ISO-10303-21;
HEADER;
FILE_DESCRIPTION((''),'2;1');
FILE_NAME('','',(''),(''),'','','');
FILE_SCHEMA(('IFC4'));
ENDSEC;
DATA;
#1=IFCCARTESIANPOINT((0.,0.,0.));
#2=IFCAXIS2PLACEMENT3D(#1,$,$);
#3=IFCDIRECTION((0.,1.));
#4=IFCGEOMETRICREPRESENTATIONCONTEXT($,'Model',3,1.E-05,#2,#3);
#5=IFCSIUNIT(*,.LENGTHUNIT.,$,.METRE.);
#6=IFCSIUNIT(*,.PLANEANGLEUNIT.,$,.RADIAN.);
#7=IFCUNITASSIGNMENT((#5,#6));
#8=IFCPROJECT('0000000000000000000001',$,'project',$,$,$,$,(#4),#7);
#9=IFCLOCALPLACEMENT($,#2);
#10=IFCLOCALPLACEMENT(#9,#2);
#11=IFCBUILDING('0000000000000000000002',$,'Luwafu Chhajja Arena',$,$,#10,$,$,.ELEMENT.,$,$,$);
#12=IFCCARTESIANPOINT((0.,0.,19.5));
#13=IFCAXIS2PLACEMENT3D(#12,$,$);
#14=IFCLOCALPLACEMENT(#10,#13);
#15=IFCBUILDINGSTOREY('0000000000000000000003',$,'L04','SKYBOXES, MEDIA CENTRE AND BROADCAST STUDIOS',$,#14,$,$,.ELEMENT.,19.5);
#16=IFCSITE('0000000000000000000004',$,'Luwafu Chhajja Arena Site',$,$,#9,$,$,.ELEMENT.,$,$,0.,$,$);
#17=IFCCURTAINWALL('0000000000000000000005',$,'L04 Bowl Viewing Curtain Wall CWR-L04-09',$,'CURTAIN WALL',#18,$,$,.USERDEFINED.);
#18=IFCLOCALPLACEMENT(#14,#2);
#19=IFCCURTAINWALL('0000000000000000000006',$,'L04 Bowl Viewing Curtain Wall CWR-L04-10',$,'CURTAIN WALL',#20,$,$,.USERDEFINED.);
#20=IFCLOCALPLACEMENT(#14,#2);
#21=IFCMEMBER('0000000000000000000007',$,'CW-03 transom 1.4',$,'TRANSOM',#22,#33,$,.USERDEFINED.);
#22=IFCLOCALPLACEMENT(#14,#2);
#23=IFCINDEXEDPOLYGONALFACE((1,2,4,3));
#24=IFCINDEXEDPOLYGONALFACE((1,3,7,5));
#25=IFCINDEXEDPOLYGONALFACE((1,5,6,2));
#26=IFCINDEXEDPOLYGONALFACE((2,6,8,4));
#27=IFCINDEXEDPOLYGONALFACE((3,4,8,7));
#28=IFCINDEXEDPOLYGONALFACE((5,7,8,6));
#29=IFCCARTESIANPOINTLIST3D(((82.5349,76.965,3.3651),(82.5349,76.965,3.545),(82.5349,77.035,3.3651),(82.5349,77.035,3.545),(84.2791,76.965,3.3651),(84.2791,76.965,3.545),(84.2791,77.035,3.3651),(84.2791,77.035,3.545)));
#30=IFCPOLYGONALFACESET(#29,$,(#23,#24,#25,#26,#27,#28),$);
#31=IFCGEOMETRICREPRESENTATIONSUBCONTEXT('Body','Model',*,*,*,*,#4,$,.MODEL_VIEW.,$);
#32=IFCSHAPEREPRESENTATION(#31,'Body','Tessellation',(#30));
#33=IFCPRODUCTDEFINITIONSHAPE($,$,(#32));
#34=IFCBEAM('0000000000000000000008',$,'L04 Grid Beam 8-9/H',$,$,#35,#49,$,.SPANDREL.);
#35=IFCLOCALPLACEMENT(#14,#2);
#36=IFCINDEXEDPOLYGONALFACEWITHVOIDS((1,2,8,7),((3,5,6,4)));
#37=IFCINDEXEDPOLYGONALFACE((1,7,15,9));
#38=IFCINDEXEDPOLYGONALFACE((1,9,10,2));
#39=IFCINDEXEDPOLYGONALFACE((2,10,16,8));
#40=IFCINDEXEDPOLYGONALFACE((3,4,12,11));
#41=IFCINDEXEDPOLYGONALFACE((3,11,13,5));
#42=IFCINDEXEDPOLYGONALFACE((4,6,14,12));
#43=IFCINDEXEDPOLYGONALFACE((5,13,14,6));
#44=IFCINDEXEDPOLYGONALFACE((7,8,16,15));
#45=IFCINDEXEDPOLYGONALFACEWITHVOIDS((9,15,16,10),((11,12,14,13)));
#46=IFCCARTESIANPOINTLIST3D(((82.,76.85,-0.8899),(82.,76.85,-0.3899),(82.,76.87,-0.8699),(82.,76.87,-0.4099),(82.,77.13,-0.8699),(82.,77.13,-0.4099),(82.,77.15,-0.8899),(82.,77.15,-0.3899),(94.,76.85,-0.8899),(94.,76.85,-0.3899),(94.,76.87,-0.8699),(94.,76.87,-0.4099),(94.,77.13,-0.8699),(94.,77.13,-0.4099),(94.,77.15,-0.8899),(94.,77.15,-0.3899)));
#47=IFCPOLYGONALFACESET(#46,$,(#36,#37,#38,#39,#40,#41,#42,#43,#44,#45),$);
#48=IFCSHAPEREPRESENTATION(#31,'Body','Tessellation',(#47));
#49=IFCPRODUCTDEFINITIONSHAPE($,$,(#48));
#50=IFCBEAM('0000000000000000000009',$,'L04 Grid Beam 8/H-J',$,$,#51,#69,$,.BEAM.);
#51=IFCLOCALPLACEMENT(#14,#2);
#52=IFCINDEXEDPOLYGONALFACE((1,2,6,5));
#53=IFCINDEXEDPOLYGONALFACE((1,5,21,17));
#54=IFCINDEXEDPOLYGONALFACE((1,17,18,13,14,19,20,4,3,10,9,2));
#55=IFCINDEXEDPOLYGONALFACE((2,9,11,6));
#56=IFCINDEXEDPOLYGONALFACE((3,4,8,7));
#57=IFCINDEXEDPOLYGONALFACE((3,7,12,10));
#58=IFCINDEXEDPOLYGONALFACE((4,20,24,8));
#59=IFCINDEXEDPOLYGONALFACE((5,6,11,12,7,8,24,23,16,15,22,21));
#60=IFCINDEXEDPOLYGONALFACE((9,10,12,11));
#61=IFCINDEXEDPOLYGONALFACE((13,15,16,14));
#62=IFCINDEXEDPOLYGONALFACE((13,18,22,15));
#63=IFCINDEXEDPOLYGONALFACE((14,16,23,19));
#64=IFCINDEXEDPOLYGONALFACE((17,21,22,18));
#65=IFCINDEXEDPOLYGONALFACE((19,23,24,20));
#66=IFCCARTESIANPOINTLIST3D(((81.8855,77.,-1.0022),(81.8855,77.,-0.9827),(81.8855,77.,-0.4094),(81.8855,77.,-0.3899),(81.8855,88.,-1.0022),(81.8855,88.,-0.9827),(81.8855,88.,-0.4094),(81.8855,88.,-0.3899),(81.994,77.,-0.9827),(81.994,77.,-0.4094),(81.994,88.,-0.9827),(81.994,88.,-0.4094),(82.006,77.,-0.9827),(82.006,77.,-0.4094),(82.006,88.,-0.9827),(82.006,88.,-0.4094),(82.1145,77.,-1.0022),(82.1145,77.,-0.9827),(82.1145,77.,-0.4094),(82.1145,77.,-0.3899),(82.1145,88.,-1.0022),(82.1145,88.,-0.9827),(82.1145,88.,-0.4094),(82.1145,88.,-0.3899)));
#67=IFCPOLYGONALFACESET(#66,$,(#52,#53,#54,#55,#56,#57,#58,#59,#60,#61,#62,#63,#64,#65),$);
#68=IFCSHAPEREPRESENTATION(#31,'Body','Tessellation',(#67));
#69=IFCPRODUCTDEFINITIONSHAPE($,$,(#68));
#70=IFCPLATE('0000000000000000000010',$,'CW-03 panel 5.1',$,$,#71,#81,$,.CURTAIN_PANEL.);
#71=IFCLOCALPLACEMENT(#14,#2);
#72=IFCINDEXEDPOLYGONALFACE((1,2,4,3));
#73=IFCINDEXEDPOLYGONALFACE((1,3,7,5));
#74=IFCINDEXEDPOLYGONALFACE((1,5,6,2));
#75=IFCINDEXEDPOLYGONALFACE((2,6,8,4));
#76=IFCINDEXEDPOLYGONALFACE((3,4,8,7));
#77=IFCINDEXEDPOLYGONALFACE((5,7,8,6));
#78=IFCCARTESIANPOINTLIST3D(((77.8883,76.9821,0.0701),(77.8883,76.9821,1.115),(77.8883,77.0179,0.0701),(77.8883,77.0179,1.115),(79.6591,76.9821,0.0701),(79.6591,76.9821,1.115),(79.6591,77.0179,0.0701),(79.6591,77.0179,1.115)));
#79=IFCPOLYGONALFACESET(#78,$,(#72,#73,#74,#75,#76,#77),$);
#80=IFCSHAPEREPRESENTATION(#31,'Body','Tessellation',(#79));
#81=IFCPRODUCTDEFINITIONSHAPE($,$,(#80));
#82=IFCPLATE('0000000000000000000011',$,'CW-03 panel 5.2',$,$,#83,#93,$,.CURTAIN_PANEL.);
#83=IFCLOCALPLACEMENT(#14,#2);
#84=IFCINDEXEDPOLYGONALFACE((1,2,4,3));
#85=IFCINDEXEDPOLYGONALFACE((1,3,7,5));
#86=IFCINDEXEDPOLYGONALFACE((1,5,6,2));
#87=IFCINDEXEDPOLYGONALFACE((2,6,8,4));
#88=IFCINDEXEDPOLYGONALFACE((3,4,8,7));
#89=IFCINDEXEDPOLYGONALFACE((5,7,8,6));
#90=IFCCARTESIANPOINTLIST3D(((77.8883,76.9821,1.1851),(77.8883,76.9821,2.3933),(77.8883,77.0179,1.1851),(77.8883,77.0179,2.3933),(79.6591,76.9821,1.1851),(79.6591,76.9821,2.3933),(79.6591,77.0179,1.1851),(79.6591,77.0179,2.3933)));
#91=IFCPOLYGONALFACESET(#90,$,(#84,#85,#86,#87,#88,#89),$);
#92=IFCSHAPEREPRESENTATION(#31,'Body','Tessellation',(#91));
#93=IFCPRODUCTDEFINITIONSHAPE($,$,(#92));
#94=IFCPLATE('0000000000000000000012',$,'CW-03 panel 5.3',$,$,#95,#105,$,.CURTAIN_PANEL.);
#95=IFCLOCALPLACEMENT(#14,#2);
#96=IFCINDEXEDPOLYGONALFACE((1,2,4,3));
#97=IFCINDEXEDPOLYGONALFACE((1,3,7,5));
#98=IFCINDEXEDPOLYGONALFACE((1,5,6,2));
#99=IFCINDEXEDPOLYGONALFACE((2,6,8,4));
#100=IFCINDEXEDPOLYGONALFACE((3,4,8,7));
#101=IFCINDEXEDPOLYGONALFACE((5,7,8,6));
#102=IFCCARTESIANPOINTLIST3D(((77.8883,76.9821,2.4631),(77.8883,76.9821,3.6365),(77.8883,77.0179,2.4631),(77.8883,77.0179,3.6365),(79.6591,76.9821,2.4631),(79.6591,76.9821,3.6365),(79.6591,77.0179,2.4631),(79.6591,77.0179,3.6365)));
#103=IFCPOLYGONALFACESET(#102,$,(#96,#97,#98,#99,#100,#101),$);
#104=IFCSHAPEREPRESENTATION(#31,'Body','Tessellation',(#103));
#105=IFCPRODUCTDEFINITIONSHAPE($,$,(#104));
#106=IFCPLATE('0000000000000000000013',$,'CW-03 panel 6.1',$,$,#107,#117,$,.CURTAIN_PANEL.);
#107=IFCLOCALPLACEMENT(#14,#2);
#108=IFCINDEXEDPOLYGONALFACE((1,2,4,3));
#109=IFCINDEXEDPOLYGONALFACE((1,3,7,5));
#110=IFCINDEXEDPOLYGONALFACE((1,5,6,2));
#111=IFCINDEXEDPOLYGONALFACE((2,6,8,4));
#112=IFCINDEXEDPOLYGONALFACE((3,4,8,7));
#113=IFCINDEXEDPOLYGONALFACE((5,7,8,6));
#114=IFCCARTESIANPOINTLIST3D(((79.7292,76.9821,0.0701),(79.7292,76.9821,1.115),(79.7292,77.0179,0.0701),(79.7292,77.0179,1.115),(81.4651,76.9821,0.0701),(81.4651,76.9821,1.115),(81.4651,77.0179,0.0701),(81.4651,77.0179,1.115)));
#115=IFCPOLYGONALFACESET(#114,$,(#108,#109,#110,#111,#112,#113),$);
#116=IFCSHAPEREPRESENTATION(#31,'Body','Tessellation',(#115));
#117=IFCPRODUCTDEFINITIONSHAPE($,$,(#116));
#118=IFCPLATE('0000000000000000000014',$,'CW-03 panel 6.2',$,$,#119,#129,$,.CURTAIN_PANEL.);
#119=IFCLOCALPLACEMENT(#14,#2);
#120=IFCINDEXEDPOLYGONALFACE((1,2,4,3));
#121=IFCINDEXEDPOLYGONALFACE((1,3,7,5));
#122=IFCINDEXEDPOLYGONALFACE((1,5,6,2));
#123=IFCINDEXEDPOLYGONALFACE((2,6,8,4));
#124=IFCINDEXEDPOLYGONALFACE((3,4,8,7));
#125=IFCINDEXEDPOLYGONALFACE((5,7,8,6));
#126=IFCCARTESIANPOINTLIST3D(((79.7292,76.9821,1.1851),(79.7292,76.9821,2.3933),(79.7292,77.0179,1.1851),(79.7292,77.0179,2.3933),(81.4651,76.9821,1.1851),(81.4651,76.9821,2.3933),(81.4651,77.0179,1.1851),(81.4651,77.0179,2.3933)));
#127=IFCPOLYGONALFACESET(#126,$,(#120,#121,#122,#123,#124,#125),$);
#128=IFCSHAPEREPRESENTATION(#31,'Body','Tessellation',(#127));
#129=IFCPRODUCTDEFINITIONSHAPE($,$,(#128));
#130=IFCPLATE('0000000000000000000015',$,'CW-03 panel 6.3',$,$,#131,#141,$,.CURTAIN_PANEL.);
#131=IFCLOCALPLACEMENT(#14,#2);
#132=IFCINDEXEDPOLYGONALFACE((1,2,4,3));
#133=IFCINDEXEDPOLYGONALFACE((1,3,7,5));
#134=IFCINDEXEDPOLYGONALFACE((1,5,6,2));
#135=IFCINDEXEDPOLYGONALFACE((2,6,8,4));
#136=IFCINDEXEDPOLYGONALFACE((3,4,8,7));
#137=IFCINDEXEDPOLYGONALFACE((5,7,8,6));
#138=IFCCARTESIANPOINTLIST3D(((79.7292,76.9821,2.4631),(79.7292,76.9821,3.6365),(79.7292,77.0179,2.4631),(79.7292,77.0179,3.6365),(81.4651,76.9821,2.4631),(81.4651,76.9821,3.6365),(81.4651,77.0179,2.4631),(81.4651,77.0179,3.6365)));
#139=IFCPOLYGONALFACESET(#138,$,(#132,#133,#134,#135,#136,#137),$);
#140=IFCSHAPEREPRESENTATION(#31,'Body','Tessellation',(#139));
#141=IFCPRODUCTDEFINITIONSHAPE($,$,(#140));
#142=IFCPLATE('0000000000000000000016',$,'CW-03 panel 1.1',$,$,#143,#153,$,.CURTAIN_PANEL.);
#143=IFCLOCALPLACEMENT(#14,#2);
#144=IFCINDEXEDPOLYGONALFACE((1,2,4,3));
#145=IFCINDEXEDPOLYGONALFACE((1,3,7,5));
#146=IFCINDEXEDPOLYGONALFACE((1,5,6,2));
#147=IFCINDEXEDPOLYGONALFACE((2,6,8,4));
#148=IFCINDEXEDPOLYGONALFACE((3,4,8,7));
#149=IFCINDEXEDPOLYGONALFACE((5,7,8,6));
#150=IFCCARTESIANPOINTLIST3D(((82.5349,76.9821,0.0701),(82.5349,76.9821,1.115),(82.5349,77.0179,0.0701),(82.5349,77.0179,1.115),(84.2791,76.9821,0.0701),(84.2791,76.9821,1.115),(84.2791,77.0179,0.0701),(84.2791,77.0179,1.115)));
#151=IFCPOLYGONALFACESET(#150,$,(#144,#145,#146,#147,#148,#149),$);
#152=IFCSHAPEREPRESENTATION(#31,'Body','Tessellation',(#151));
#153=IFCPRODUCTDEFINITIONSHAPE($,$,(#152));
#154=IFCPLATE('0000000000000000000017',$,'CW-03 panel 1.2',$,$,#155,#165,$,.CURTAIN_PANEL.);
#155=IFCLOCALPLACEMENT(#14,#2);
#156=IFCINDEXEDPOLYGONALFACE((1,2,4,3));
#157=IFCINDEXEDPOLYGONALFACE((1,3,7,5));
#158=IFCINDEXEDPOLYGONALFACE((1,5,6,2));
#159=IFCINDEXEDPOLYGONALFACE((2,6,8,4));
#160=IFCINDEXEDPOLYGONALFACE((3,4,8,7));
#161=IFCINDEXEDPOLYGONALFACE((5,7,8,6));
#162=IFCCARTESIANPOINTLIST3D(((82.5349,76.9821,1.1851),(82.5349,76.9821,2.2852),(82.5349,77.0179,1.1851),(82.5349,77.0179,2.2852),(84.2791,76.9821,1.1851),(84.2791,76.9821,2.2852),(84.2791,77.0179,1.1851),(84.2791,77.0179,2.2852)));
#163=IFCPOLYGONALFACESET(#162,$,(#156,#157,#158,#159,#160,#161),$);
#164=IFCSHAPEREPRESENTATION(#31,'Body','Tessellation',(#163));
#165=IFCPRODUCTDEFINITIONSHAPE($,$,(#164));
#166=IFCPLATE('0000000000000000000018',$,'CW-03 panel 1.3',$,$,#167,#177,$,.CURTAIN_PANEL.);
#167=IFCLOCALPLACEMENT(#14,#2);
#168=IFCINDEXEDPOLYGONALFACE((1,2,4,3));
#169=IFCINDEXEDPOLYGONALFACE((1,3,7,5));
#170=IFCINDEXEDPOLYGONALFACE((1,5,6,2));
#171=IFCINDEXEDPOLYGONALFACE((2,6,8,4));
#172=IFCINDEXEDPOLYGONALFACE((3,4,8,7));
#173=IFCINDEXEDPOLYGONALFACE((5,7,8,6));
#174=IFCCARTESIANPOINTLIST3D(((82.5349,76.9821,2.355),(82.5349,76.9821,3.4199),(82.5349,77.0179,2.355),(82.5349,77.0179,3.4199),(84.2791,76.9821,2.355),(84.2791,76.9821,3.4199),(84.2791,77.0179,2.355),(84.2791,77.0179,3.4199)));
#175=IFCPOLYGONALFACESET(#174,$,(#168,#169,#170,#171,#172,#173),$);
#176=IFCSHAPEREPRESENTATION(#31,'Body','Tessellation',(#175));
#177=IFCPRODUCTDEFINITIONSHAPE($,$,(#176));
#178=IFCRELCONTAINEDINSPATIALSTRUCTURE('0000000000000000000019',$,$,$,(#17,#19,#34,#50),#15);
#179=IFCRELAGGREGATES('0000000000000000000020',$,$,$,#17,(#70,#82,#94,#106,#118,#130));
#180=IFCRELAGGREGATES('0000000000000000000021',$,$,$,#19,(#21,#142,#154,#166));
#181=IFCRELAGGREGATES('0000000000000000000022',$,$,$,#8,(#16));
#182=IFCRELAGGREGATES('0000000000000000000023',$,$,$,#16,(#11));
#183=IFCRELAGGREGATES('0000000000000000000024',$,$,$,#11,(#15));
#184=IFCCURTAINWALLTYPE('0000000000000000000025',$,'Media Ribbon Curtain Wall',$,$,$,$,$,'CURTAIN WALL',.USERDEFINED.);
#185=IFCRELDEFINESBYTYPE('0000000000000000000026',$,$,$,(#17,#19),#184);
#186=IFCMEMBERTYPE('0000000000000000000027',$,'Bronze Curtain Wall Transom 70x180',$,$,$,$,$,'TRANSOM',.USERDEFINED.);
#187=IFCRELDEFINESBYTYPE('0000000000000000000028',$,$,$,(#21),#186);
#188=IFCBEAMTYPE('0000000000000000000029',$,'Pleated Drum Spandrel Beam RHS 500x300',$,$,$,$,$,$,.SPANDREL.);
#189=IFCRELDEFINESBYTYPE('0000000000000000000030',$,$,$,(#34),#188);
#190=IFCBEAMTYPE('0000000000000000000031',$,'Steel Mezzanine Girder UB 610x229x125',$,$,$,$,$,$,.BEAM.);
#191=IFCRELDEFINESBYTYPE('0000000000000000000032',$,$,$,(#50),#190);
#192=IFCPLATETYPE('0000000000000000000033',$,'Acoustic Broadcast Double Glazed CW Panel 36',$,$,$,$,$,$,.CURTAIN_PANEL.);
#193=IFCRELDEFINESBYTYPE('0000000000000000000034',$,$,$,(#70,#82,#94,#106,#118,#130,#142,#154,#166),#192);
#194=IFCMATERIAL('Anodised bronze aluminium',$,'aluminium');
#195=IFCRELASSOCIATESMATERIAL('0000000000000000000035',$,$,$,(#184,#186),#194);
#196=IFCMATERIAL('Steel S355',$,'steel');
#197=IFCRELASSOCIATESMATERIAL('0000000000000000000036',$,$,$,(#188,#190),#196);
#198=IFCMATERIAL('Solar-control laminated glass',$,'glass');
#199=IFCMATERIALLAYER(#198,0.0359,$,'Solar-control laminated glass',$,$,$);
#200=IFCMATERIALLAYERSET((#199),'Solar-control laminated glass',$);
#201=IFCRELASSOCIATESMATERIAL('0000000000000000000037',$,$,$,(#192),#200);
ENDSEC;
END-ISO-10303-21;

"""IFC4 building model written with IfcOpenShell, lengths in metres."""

from ifc_helpers import new_model, si_unit, direction, frame, origin, origin_2d, place, context, subcontext, project, spatial, rectangle, hollow_rectangle, i_section, extrude, material, layer, layer_set, material_profile, profile_set, type_object, element, aggregate, save


model = new_model("IFC4")

# Units and contexts
model_context = context("Model", 3, precision=1e-05, world=origin(), true_north=direction((0.0, 1.0)))
body_context = subcontext(model_context, "Body", "Model", "MODEL_VIEW")
ifc_project = project(units=[si_unit("LENGTHUNIT", "METRE"), si_unit("PLANEANGLEUNIT", "RADIAN")], contexts=[model_context])

# Site, building, storey
site_placement = place(None, origin())
site = spatial("IfcSite", under=ifc_project, at=site_placement, Name="Luwafu Chhajja Arena Site", CompositionType="ELEMENT", RefElevation=0.0)
building_placement = place(site_placement, origin())
building = spatial("IfcBuilding", under=site, at=building_placement, Name="Luwafu Chhajja Arena", CompositionType="ELEMENT")
storey_placement = place(building_placement, frame((0.0, 0.0, 19.5)))
storey = spatial("IfcBuildingStorey", under=building, at=storey_placement, Name="L04", Description="SKYBOXES, MEDIA CENTRE AND BROADCAST STUDIOS", CompositionType="ELEMENT", Elevation=19.5)

# Curtain wall
ifc_material_1 = material(Name="Anodised bronze aluminium", Category="aluminium")
curtain_wall_type = type_object("IfcCurtainWallType", Name="Media Ribbon Curtain Wall", ElementType="CURTAIN WALL", PredefinedType="USERDEFINED", material=ifc_material_1)
curtain_wall_1_placement = place(storey_placement, origin())
curtain_wall_1 = element("IfcCurtainWall", 1, at=curtain_wall_1_placement, inside=storey, type_object=curtain_wall_type, Name="L04 Bowl Viewing Curtain Wall CWR-L04-09", ObjectType="CURTAIN WALL", PredefinedType="USERDEFINED")

# Curtain wall
curtain_wall_2_placement = place(storey_placement, origin())
curtain_wall_2 = element("IfcCurtainWall", 2, at=curtain_wall_2_placement, inside=storey, type_object=curtain_wall_type, Name="L04 Bowl Viewing Curtain Wall CWR-L04-10", ObjectType="CURTAIN WALL", PredefinedType="USERDEFINED")

# Member
ifc_material_profile_1 = material_profile(ifc_material_1, rectangle(XDim=0.0701, YDim=0.1799, at=origin_2d()), Name="CWT 70x180")
ifc_profile_set_1 = profile_set([ifc_material_profile_1], Name="Anodised bronze aluminium")
member_type_1 = type_object("IfcMemberType", Name="Bronze Curtain Wall Transom 70x180", ElementType="TRANSOM", PredefinedType="USERDEFINED", material=ifc_profile_set_1)
member_1_placement = place(storey_placement, frame((82.5349, 77.0, 3.4551), z_axis=(1.0, 0.0, 0.0), x_axis=(0.0, 1.0, 0.0)))
member_1 = element("IfcMember", 3, at=member_1_placement, type_object=member_type_1, Name="CW-03 transom 1.4", ObjectType="TRANSOM", PredefinedType="USERDEFINED", context=body_context, shape_type="SweptSolid", body=[
    extrude(rectangle(XDim=0.0701, YDim=0.1799, at=origin_2d()), origin(), (0.0, 0.0, 1.0), 1.7441),
])

# Beams
ifc_material_2 = material(Name="Steel S355", Category="steel")
ifc_material_profile_2 = material_profile(ifc_material_2, hollow_rectangle(XDim=0.3, YDim=0.5, WallThickness=0.02, at=origin_2d()), Name="RHS 500x300x20")
ifc_profile_set_2 = profile_set([ifc_material_profile_2], Name="Steel S355")
beam_type_1 = type_object("IfcBeamType", Name="Pleated Drum Spandrel Beam RHS 500x300", PredefinedType="SPANDREL", material=ifc_profile_set_2)
beam_1_placement = place(storey_placement, frame((82.0, 77.0, -0.6399), z_axis=(1.0, 0.0, 0.0), x_axis=(0.0, 1.0, 0.0)))
element("IfcBeam", 4, at=beam_1_placement, inside=storey, type_object=beam_type_1, Name="L04 Grid Beam 8-9/H", PredefinedType="SPANDREL", context=body_context, shape_type="SweptSolid", body=[
    extrude(hollow_rectangle(XDim=0.3, YDim=0.5, WallThickness=0.02, at=origin_2d()), origin(), (0.0, 0.0, 1.0), 12.0),
])
ifc_material_profile_3 = material_profile(ifc_material_2, i_section(OverallWidth=0.229, OverallDepth=0.6123, WebThickness=0.012, FlangeThickness=0.0195, at=origin_2d()), Name="UB 610x229x125")
ifc_profile_set_3 = profile_set([ifc_material_profile_3], Name="Steel S355")
beam_type_2 = type_object("IfcBeamType", Name="Steel Mezzanine Girder UB 610x229x125", PredefinedType="BEAM", material=ifc_profile_set_3)
beam_2_placement = place(storey_placement, frame((82.0, 77.0, -0.696), z_axis=(0.0, 1.0, 0.0), x_axis=(-1.0, 0.0, 0.0)))
element("IfcBeam", 5, at=beam_2_placement, inside=storey, type_object=beam_type_2, Name="L04 Grid Beam 8/H-J", PredefinedType="BEAM", context=body_context, shape_type="SweptSolid", body=[
    extrude(i_section(OverallWidth=0.229, OverallDepth=0.6123, WebThickness=0.012, FlangeThickness=0.0195, at=origin_2d()), origin(), (0.0, 0.0, 1.0), 11.0),
])

# Plates
ifc_material_3 = material(Name="Solar-control laminated glass", Category="glass")
ifc_layer = layer(ifc_material_3, 0.0359, Name="Solar-control laminated glass")
ifc_layer_set = layer_set([ifc_layer], Name="Solar-control laminated glass")
plate_type = type_object("IfcPlateType", Name="Acoustic Broadcast Double Glazed CW Panel 36", PredefinedType="CURTAIN_PANEL", material=ifc_layer_set)
plate_1_placement = place(storey_placement, frame((78.7737, 77.0, 0.0701), z_axis=(0.0, 0.0, 1.0), x_axis=(1.0, 0.0, 0.0)))
plate_1 = element("IfcPlate", 6, at=plate_1_placement, type_object=plate_type, Name="CW-03 panel 5.1", PredefinedType="CURTAIN_PANEL", context=body_context, shape_type="SweptSolid", body=[
    extrude(rectangle(XDim=1.7708, YDim=0.0359, at=origin_2d()), origin(), (0.0, 0.0, 1.0), 1.0449),
])
plate_2_placement = place(storey_placement, frame((78.7737, 77.0, 1.1851), z_axis=(0.0, 0.0, 1.0), x_axis=(1.0, 0.0, 0.0)))
plate_2 = element("IfcPlate", 7, at=plate_2_placement, type_object=plate_type, Name="CW-03 panel 5.2", PredefinedType="CURTAIN_PANEL", context=body_context, shape_type="SweptSolid", body=[
    extrude(rectangle(XDim=1.7708, YDim=0.0359, at=origin_2d()), origin(), (0.0, 0.0, 1.0), 1.2083),
])
plate_3_placement = place(storey_placement, frame((78.7737, 77.0, 2.4631), z_axis=(0.0, 0.0, 1.0), x_axis=(1.0, 0.0, 0.0)))
plate_3 = element("IfcPlate", 8, at=plate_3_placement, type_object=plate_type, Name="CW-03 panel 5.3", PredefinedType="CURTAIN_PANEL", context=body_context, shape_type="SweptSolid", body=[
    extrude(rectangle(XDim=1.7708, YDim=0.0359, at=origin_2d()), origin(), (0.0, 0.0, 1.0), 1.1733),
])
plate_4_placement = place(storey_placement, frame((80.5972, 77.0, 0.0701), z_axis=(0.0, 0.0, 1.0), x_axis=(1.0, 0.0, 0.0)))
plate_4 = element("IfcPlate", 9, at=plate_4_placement, type_object=plate_type, Name="CW-03 panel 6.1", PredefinedType="CURTAIN_PANEL", context=body_context, shape_type="SweptSolid", body=[
    extrude(rectangle(XDim=1.7358, YDim=0.0359, at=origin_2d()), origin(), (0.0, 0.0, 1.0), 1.0449),
])
plate_5_placement = place(storey_placement, frame((80.5972, 77.0, 1.1851), z_axis=(0.0, 0.0, 1.0), x_axis=(1.0, 0.0, 0.0)))
plate_5 = element("IfcPlate", 10, at=plate_5_placement, type_object=plate_type, Name="CW-03 panel 6.2", PredefinedType="CURTAIN_PANEL", context=body_context, shape_type="SweptSolid", body=[
    extrude(rectangle(XDim=1.7358, YDim=0.0359, at=origin_2d()), origin(), (0.0, 0.0, 1.0), 1.2083),
])
plate_6_placement = place(storey_placement, frame((80.5972, 77.0, 2.4631), z_axis=(0.0, 0.0, 1.0), x_axis=(1.0, 0.0, 0.0)))
plate_6 = element("IfcPlate", 11, at=plate_6_placement, type_object=plate_type, Name="CW-03 panel 6.3", PredefinedType="CURTAIN_PANEL", context=body_context, shape_type="SweptSolid", body=[
    extrude(rectangle(XDim=1.7358, YDim=0.0359, at=origin_2d()), origin(), (0.0, 0.0, 1.0), 1.1733),
])
aggregate(curtain_wall_1, [plate_1, plate_2, plate_3, plate_4, plate_5, plate_6])
plate_7_placement = place(storey_placement, frame((83.407, 77.0, 0.0701), z_axis=(0.0, 0.0, 1.0), x_axis=(1.0, 0.0, 0.0)))
plate_7 = element("IfcPlate", 12, at=plate_7_placement, type_object=plate_type, Name="CW-03 panel 1.1", PredefinedType="CURTAIN_PANEL", context=body_context, shape_type="SweptSolid", body=[
    extrude(rectangle(XDim=1.7441, YDim=0.0359, at=origin_2d()), origin(), (0.0, 0.0, 1.0), 1.0449),
])
plate_8_placement = place(storey_placement, frame((83.407, 77.0, 1.1851), z_axis=(0.0, 0.0, 1.0), x_axis=(1.0, 0.0, 0.0)))
plate_8 = element("IfcPlate", 13, at=plate_8_placement, type_object=plate_type, Name="CW-03 panel 1.2", PredefinedType="CURTAIN_PANEL", context=body_context, shape_type="SweptSolid", body=[
    extrude(rectangle(XDim=1.7441, YDim=0.0359, at=origin_2d()), origin(), (0.0, 0.0, 1.0), 1.1001),
])
plate_9_placement = place(storey_placement, frame((83.407, 77.0, 2.355), z_axis=(0.0, 0.0, 1.0), x_axis=(1.0, 0.0, 0.0)))
plate_9 = element("IfcPlate", 14, at=plate_9_placement, type_object=plate_type, Name="CW-03 panel 1.3", PredefinedType="CURTAIN_PANEL", context=body_context, shape_type="SweptSolid", body=[
    extrude(rectangle(XDim=1.7441, YDim=0.0359, at=origin_2d()), origin(), (0.0, 0.0, 1.0), 1.0649),
])
aggregate(curtain_wall_2, [member_1, plate_7, plate_8, plate_9])

save(model, "model.ifc")
